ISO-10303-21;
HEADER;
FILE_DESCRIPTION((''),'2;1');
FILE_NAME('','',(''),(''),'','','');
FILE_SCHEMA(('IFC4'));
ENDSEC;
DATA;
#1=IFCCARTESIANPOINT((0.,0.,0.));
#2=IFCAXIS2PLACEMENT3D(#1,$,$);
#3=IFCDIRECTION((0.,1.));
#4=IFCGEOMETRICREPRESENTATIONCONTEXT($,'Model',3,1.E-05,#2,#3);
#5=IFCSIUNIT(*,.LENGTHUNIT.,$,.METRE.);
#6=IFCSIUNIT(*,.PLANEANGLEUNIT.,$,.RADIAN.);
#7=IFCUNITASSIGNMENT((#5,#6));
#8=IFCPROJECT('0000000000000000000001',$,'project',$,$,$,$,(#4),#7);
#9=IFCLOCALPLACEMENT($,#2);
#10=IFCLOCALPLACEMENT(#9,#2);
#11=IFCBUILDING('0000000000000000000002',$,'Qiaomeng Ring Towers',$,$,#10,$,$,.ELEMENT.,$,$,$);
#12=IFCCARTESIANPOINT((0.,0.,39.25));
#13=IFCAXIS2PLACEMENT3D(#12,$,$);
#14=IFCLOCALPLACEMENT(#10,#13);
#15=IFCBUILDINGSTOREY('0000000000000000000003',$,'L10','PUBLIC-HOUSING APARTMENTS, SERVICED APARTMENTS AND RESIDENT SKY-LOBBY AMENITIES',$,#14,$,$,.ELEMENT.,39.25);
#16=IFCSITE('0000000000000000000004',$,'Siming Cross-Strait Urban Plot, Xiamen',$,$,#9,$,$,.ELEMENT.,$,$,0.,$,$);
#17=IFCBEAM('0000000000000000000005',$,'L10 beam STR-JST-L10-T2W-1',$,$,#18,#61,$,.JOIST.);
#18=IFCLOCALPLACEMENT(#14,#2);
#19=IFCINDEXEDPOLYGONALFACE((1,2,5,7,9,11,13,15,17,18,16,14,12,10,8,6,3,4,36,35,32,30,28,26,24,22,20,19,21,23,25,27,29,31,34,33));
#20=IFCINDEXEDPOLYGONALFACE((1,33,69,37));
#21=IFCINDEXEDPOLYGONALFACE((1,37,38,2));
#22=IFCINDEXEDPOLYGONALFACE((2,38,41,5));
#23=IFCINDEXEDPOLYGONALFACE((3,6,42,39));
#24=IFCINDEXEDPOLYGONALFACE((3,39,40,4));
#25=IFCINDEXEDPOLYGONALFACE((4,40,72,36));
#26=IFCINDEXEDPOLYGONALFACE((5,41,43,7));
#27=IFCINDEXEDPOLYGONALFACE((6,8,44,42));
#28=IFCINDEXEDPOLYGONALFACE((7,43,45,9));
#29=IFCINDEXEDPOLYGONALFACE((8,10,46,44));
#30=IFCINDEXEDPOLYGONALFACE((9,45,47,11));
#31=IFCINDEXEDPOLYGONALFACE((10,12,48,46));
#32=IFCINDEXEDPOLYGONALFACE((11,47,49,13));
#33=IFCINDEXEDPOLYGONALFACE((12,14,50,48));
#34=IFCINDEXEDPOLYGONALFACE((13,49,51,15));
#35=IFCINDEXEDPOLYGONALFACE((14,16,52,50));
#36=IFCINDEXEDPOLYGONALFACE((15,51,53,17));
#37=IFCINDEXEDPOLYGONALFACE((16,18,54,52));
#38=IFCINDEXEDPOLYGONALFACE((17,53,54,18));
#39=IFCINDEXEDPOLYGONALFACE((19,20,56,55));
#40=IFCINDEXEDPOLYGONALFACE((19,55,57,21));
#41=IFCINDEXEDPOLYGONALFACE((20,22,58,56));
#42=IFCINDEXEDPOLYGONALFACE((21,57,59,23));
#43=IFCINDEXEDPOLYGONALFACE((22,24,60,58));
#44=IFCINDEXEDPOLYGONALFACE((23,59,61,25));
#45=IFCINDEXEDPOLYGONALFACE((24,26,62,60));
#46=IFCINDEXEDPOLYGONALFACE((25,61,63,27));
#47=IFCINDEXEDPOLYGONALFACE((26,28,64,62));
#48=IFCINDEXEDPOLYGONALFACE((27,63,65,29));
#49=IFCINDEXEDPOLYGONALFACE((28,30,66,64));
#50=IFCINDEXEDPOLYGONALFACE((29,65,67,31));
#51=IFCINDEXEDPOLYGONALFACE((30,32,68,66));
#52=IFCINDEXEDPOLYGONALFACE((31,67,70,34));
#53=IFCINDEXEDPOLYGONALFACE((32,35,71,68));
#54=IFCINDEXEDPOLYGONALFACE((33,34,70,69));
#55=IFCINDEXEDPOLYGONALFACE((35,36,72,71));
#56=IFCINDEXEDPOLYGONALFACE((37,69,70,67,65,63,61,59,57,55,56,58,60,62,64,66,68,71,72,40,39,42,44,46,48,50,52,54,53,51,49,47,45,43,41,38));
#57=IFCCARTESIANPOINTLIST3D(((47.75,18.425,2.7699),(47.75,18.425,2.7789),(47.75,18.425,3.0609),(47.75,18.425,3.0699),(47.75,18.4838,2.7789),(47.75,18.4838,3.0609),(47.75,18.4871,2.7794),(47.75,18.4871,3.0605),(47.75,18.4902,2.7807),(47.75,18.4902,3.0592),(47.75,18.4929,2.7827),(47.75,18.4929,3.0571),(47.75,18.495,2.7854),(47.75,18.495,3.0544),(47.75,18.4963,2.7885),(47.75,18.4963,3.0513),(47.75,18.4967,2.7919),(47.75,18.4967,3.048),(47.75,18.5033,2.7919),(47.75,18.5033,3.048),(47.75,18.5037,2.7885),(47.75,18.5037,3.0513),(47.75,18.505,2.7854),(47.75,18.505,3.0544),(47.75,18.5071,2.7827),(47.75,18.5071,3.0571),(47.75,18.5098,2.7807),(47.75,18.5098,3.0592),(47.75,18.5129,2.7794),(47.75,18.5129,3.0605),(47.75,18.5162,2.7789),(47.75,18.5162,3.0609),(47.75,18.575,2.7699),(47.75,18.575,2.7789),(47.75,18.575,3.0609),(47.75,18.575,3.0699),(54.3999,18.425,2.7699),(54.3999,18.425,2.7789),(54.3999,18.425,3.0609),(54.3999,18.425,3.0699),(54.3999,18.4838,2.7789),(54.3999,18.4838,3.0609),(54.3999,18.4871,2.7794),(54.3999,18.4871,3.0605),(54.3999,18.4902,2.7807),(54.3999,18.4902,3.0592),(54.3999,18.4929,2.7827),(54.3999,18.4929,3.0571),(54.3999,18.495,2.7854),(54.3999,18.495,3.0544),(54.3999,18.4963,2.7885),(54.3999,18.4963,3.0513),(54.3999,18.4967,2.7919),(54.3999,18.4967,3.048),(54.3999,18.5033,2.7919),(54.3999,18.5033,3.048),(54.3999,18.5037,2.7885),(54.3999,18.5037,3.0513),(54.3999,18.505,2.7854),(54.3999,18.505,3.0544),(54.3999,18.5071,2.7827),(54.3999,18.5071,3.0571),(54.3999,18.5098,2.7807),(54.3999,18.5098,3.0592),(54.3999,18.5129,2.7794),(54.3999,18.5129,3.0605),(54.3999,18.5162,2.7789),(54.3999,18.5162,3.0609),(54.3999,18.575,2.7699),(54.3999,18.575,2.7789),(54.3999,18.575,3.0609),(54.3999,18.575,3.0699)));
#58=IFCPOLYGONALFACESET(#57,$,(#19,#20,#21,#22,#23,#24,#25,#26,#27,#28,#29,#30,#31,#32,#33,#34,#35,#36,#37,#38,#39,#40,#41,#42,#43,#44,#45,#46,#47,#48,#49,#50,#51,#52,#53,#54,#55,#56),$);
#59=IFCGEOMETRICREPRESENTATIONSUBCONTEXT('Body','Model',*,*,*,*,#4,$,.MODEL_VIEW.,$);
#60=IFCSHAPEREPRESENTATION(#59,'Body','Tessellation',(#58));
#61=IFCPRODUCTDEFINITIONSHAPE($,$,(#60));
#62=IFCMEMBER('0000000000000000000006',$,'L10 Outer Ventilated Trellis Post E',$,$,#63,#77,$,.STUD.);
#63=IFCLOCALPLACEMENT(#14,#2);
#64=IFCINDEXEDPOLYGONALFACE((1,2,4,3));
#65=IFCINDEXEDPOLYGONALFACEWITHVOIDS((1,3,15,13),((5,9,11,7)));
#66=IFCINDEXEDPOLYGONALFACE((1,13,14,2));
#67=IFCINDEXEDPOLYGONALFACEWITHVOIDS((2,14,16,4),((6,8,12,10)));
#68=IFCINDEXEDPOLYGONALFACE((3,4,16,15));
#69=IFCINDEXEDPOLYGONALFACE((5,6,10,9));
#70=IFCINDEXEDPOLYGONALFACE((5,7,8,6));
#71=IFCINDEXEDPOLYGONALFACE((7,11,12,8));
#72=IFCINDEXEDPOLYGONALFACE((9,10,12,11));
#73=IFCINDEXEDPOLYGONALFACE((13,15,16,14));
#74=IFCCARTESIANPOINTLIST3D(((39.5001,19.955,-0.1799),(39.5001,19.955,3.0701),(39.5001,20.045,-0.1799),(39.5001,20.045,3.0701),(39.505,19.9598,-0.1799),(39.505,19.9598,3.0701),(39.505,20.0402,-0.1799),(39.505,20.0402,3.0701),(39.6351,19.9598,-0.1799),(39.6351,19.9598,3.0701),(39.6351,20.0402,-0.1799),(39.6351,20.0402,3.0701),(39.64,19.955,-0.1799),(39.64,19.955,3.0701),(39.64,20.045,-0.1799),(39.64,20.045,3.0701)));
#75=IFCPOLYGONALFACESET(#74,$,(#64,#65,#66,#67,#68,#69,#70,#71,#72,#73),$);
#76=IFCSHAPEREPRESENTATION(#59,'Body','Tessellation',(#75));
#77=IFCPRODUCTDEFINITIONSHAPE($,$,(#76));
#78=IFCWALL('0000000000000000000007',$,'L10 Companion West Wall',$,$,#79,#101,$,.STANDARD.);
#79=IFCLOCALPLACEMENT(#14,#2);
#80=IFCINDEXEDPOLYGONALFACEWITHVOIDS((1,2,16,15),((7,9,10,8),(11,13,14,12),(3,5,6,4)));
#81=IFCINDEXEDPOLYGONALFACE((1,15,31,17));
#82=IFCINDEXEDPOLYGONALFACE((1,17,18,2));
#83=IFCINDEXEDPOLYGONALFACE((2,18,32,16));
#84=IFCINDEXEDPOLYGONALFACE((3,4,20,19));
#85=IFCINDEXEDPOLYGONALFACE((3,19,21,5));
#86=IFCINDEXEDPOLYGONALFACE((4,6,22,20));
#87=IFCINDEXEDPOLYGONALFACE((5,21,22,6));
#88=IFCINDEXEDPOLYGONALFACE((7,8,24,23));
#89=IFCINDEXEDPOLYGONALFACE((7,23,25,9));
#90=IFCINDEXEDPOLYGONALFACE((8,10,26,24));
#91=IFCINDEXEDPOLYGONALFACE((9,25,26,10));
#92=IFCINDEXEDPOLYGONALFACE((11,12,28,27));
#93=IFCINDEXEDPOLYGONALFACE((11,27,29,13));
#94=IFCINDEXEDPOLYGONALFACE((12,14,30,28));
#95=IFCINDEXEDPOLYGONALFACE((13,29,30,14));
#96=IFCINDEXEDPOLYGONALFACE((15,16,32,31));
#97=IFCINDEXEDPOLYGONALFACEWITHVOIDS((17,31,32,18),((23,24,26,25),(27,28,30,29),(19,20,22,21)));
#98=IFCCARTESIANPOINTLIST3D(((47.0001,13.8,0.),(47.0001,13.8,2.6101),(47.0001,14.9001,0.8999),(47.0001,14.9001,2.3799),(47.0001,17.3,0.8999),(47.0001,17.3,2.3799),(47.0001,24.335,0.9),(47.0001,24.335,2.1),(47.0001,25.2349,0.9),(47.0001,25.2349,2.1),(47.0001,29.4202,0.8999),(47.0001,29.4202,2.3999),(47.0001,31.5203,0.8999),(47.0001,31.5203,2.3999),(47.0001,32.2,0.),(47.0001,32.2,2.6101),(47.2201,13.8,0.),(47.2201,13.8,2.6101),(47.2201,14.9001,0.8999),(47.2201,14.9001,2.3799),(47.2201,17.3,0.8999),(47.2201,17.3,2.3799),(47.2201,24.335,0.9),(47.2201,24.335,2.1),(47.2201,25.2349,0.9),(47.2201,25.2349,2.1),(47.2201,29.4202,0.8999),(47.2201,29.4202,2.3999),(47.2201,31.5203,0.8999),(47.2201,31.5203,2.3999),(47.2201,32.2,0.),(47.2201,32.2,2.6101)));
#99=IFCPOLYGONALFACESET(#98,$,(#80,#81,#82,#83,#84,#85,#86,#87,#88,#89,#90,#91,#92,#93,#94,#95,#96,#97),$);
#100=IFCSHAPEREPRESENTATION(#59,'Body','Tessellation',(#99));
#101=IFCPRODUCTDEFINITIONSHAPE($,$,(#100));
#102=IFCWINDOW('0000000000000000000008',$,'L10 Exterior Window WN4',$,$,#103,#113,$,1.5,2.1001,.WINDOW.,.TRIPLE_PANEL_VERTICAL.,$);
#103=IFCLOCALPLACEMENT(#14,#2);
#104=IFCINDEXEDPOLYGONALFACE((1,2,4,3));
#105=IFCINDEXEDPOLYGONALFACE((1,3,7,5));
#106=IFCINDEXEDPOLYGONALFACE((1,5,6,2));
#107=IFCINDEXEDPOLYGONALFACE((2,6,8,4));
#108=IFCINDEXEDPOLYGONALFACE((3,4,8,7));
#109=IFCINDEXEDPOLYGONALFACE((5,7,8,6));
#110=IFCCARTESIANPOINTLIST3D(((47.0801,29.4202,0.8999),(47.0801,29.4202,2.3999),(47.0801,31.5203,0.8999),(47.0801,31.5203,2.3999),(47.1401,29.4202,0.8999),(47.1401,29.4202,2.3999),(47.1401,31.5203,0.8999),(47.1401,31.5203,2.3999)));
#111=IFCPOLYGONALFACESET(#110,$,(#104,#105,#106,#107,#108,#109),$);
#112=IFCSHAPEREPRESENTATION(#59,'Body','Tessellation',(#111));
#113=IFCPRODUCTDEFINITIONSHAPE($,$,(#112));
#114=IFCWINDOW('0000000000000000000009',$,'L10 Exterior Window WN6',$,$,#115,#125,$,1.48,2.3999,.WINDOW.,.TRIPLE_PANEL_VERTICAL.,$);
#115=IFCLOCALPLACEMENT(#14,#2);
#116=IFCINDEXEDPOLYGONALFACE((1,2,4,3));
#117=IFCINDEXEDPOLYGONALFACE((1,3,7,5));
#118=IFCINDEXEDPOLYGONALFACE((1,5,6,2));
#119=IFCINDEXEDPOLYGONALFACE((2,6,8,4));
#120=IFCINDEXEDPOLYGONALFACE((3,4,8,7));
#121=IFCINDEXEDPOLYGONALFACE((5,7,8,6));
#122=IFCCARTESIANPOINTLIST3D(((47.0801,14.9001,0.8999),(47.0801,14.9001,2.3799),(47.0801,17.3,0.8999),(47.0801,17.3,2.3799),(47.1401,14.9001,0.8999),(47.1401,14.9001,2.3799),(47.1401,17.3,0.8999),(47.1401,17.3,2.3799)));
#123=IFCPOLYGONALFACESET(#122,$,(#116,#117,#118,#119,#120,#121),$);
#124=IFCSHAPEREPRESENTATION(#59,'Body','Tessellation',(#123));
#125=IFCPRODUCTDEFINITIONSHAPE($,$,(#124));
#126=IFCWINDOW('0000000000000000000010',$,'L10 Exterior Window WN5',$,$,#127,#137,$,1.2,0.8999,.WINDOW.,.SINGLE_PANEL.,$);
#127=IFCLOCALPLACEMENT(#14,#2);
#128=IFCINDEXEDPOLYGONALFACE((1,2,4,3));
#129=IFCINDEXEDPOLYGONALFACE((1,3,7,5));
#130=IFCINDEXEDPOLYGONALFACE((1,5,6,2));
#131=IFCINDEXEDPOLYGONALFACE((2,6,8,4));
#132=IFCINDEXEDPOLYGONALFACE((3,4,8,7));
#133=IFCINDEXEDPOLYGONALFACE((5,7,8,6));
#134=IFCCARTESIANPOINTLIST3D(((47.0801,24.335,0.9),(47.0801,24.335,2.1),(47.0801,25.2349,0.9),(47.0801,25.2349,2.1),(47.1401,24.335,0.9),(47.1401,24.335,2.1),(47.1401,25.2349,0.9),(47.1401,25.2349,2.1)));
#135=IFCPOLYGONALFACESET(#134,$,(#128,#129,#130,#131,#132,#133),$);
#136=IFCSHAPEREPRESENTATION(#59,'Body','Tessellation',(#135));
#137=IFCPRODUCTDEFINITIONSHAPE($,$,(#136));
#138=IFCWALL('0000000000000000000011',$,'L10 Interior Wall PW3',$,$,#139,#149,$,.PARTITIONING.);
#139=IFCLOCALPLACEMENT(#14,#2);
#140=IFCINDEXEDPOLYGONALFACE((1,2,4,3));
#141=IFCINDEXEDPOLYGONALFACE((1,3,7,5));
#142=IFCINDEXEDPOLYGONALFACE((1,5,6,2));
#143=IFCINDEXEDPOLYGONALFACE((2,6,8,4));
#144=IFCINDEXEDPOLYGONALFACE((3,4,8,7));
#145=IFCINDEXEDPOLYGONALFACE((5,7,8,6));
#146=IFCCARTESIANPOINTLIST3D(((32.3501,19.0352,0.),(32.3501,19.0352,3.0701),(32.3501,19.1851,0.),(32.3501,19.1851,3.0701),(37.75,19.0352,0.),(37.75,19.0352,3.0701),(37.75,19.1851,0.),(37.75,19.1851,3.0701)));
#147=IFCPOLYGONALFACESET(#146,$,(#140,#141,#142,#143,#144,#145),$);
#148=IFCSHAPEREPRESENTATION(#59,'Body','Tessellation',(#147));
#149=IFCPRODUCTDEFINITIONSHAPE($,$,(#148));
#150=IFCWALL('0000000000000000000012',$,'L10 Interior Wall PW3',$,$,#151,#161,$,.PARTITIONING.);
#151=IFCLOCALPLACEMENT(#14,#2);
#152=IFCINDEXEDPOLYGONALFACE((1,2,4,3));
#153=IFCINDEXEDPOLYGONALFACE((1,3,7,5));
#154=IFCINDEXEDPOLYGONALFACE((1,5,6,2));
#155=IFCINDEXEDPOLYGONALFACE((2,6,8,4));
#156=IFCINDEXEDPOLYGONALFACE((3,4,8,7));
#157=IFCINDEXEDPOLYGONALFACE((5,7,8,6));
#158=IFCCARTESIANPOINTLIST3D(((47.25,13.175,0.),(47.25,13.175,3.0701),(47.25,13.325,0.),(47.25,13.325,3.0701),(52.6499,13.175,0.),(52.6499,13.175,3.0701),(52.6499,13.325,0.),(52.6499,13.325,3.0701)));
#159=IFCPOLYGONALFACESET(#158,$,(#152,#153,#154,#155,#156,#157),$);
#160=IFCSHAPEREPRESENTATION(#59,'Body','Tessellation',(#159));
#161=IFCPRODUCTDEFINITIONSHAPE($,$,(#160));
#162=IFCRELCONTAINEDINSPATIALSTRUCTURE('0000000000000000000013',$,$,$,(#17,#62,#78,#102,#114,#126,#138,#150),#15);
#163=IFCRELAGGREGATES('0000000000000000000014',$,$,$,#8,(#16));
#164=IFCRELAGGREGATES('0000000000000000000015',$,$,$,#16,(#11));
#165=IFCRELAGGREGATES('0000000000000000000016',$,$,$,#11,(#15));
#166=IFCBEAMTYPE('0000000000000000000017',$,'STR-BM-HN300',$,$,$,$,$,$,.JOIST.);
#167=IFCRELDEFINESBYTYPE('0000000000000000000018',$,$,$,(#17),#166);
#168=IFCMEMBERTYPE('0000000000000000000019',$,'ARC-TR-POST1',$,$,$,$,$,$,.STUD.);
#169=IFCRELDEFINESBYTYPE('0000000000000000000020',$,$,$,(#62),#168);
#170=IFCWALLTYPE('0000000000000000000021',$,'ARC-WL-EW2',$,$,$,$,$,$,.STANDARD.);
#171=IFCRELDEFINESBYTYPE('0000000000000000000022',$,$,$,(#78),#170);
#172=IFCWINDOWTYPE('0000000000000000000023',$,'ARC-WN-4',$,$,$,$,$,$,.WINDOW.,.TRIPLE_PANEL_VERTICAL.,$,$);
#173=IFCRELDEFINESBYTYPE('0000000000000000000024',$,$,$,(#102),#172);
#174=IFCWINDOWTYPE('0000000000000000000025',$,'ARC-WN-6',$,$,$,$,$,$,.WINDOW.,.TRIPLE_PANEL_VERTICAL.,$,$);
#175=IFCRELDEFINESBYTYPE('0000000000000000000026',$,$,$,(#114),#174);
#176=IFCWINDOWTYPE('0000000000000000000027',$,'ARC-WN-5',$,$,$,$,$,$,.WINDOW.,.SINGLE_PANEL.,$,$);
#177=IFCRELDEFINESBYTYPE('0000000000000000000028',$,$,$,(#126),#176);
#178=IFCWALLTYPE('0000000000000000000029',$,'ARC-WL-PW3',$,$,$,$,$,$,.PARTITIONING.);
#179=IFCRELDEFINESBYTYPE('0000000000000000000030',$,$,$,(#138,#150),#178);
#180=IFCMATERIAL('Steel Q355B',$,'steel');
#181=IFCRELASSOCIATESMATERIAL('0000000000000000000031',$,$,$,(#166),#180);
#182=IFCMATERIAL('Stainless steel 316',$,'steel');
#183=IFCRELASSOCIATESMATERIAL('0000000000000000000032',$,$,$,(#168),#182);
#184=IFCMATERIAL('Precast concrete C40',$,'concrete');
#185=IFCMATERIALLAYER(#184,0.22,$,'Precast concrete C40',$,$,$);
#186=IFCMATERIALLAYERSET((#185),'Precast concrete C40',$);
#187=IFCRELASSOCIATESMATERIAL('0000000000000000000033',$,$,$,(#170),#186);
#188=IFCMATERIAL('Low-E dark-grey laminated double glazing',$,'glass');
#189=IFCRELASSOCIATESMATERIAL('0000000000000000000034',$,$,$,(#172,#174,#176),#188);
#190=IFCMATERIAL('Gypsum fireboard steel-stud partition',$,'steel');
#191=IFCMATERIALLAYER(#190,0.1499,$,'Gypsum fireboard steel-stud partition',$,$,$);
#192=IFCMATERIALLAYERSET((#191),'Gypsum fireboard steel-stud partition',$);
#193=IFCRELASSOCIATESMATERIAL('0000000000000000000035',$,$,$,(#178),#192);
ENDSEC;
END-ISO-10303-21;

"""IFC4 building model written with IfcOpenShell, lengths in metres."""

from ifc_helpers import new_model, si_unit, direction, frame, frame_2d, origin, origin_2d, place, context, subcontext, project, spatial, rectangle, hollow_rectangle, i_section, extrude, source, transform, mapped, material, layer, layer_set, material_profile, profile_set, type_object, element, fill, save


model = new_model("IFC4")

# Units and contexts
model_context = context("Model", 3, precision=1e-05, world=origin(), true_north=direction((0.0, 1.0)))
body_context = subcontext(model_context, "Body", "Model", "MODEL_VIEW")
ifc_project = project(units=[si_unit("LENGTHUNIT", "METRE"), si_unit("PLANEANGLEUNIT", "RADIAN")], contexts=[model_context])

# Site, building, storey
site_placement = place(None, origin())
site = spatial("IfcSite", under=ifc_project, at=site_placement, Name="Siming Cross-Strait Urban Plot, Xiamen", CompositionType="ELEMENT", RefElevation=0.0)
building_placement = place(site_placement, origin())
building = spatial("IfcBuilding", under=site, at=building_placement, Name="Qiaomeng Ring Towers", CompositionType="ELEMENT")
storey_placement = place(building_placement, frame((0.0, 0.0, 39.25)))
storey = spatial("IfcBuildingStorey", under=building, at=storey_placement, Name="L10", Description="PUBLIC-HOUSING APARTMENTS, SERVICED APARTMENTS AND RESIDENT SKY-LOBBY AMENITIES", CompositionType="ELEMENT", Elevation=39.25)

# Beam
ifc_material_1 = material(Name="Steel Q355B", Category="steel")
ifc_material_profile_1 = material_profile(ifc_material_1, i_section(OverallWidth=0.1499, OverallDepth=0.3, WebThickness=0.0066, FlangeThickness=0.009, FilletRadius=0.0129, at=origin_2d()), Name="HN 300x150x6.5x9")
ifc_profile_set_1 = profile_set([ifc_material_profile_1], Name="Steel Q355B")
beam_type_1 = type_object("IfcBeamType", Name="STR-BM-HN300", PredefinedType="JOIST", material=ifc_profile_set_1)
shared_shape_1 = source(origin(), body_context, "Body", "SweptSolid", [
    extrude(i_section(OverallWidth=0.1499, OverallDepth=0.3, WebThickness=0.0066, FlangeThickness=0.009, FilletRadius=0.0129, at=origin_2d()), origin(), (0.0, 0.0, 1.0), 6.6499),
])
beam_1_placement = place(storey_placement, frame((47.75, 18.5, 2.9199), z_axis=(1.0, 0.0, 0.0), x_axis=(0.0, 1.0, 0.0)))
element("IfcBeam", 1, at=beam_1_placement, inside=storey, type_object=beam_type_1, Name="L10 beam STR-JST-L10-T2W-1", PredefinedType="JOIST", context=body_context, shape_type="MappedRepresentation", body=[
    mapped(shared_shape_1, transform((0.0, 0.0, 0.0), x_axis=(1.0, 0.0, 0.0), y_axis=(0.0, 1.0, 0.0), z_axis=(0.0, 0.0, 1.0), scale=1.0)),
])

# Member
ifc_material_2 = material(Name="Stainless steel 316", Category="steel")
ifc_material_profile_2 = material_profile(ifc_material_2, hollow_rectangle(XDim=0.0901, YDim=0.1399, WallThickness=0.0049, at=origin_2d()), Name="SS TRELLIS 90x140")
ifc_profile_set_2 = profile_set([ifc_material_profile_2], Name="Stainless steel 316")
member_type = type_object("IfcMemberType", Name="ARC-TR-POST1", PredefinedType="STUD", material=ifc_profile_set_2)
shared_shape_2 = source(origin(), body_context, "Body", "SweptSolid", [
    extrude(hollow_rectangle(XDim=0.0901, YDim=0.1399, WallThickness=0.0049, at=origin_2d()), origin(), (0.0, 0.0, 1.0), 3.25),
])
member_placement = place(storey_placement, frame((39.5701, 20.0, -0.1799), z_axis=(0.0, 0.0, 1.0), x_axis=(0.0, 1.0, 0.0)))
element("IfcMember", 2, at=member_placement, inside=storey, type_object=member_type, Name="L10 Outer Ventilated Trellis Post E", PredefinedType="STUD", context=body_context, shape_type="MappedRepresentation", body=[
    mapped(shared_shape_2, transform((0.0, 0.0, 0.0), x_axis=(1.0, 0.0, 0.0), y_axis=(0.0, 1.0, 0.0), z_axis=(0.0, 0.0, 1.0), scale=1.0)),
])

# Wall, openings, windows
ifc_material_3 = material(Name="Precast concrete C40", Category="concrete")
ifc_layer_1 = layer(ifc_material_3, 0.22, Name="Precast concrete C40")
ifc_layer_set_1 = layer_set([ifc_layer_1], Name="Precast concrete C40")
wall_type_1 = type_object("IfcWallType", Name="ARC-WL-EW2", PredefinedType="STANDARD", material=ifc_layer_set_1)
wall_1_placement = place(storey_placement, frame((47.1101, 13.8, 0.0), z_axis=(0.0, 0.0, 1.0), x_axis=(0.0, 1.0, 0.0)))
wall_1 = element("IfcWall", 3, at=wall_1_placement, inside=storey, type_object=wall_type_1, Name="L10 Companion West Wall", PredefinedType="STANDARD", context=body_context, shape_type="SweptSolid", body=[
    extrude(rectangle(XDim=18.3999, YDim=0.22, at=frame_2d((9.2, 0.0))), origin(), (0.0, 0.0, 1.0), 2.6101),
])
opening_1_placement = place(wall_1_placement, frame((1.1001, 0.0, 0.8999)))
opening_1 = element("IfcOpeningElement", 4, at=opening_1_placement, cuts=wall_1, PredefinedType="OPENING", context=body_context, shape_type="SweptSolid", body=[
    extrude(rectangle(XDim=2.3999, YDim=1.48, at=frame_2d((1.2, 0.74))), frame((0.0, 0.1199, 0.0), z_axis=(0.0, -1.0, 0.0), x_axis=(1.0, 0.0, 0.0)), (0.0, 0.0, 1.0), 0.24),
])
opening_2_placement = place(wall_1_placement, frame((15.6201, 0.0, 0.8999)))
opening_2 = element("IfcOpeningElement", 5, at=opening_2_placement, cuts=wall_1, PredefinedType="OPENING", context=body_context, shape_type="SweptSolid", body=[
    extrude(rectangle(XDim=2.1001, YDim=1.5, at=frame_2d((1.05, 0.75))), frame((0.0, 0.1199, 0.0), z_axis=(0.0, -1.0, 0.0), x_axis=(1.0, 0.0, 0.0)), (0.0, 0.0, 1.0), 0.24),
])
opening_3_placement = place(wall_1_placement, frame((10.5349, 0.0, 0.8999)))
opening_3 = element("IfcOpeningElement", 6, at=opening_3_placement, cuts=wall_1, PredefinedType="OPENING", context=body_context, shape_type="SweptSolid", body=[
    extrude(rectangle(XDim=0.8999, YDim=1.2, at=frame_2d((0.45, 0.6001))), frame((0.0, 0.1199, 0.0), z_axis=(0.0, -1.0, 0.0), x_axis=(1.0, 0.0, 0.0)), (0.0, 0.0, 1.0), 0.24),
])
ifc_material_4 = material(Name="Low-E dark-grey laminated double glazing", Category="glass")
window_type_1 = type_object("IfcWindowType", Name="ARC-WN-4", PartitioningType="TRIPLE_PANEL_VERTICAL", PredefinedType="WINDOW", material=ifc_material_4)
shared_shape_3 = source(origin(), body_context, "Body", "SweptSolid", [
    extrude(rectangle(XDim=2.1001, YDim=1.5, at=frame_2d((1.05, 0.75))), frame((0.0, 0.03, 0.0), z_axis=(0.0, -1.0, 0.0), x_axis=(1.0, 0.0, 0.0)), (0.0, 0.0, 1.0), 0.0601),
])
window_1_placement = place(opening_2_placement, origin())
window_1 = element("IfcWindow", 7, at=window_1_placement, inside=storey, type_object=window_type_1, Name="L10 Exterior Window WN4", OverallHeight=1.5, OverallWidth=2.1001, PartitioningType="TRIPLE_PANEL_VERTICAL", PredefinedType="WINDOW", context=body_context, shape_type="MappedRepresentation", body=[
    mapped(shared_shape_3, transform((0.0, 0.0, 0.0), x_axis=(1.0, 0.0, 0.0), y_axis=(0.0, 1.0, 0.0), z_axis=(0.0, 0.0, 1.0), scale=1.0)),
])
fill(opening_2, window_1)
window_type_2 = type_object("IfcWindowType", Name="ARC-WN-6", PartitioningType="TRIPLE_PANEL_VERTICAL", PredefinedType="WINDOW", material=ifc_material_4)
shared_shape_4 = source(origin(), body_context, "Body", "SweptSolid", [
    extrude(rectangle(XDim=2.3999, YDim=1.48, at=frame_2d((1.2, 0.74))), frame((0.0, 0.03, 0.0), z_axis=(0.0, -1.0, 0.0), x_axis=(1.0, 0.0, 0.0)), (0.0, 0.0, 1.0), 0.0601),
])
window_2_placement = place(opening_1_placement, origin())
window_2 = element("IfcWindow", 8, at=window_2_placement, inside=storey, type_object=window_type_2, Name="L10 Exterior Window WN6", OverallHeight=1.48, OverallWidth=2.3999, PartitioningType="TRIPLE_PANEL_VERTICAL", PredefinedType="WINDOW", context=body_context, shape_type="MappedRepresentation", body=[
    mapped(shared_shape_4, transform((0.0, 0.0, 0.0), x_axis=(1.0, 0.0, 0.0), y_axis=(0.0, 1.0, 0.0), z_axis=(0.0, 0.0, 1.0), scale=1.0)),
])
fill(opening_1, window_2)
window_type_3 = type_object("IfcWindowType", Name="ARC-WN-5", PartitioningType="SINGLE_PANEL", PredefinedType="WINDOW", material=ifc_material_4)
shared_shape_5 = source(origin(), body_context, "Body", "SweptSolid", [
    extrude(rectangle(XDim=0.8999, YDim=1.2, at=frame_2d((0.45, 0.6001))), frame((0.0, 0.03, 0.0), z_axis=(0.0, -1.0, 0.0), x_axis=(1.0, 0.0, 0.0)), (0.0, 0.0, 1.0), 0.0601),
])
window_3_placement = place(opening_3_placement, origin())
window_3 = element("IfcWindow", 9, at=window_3_placement, inside=storey, type_object=window_type_3, Name="L10 Exterior Window WN5", OverallHeight=1.2, OverallWidth=0.8999, PartitioningType="SINGLE_PANEL", PredefinedType="WINDOW", context=body_context, shape_type="MappedRepresentation", body=[
    mapped(shared_shape_5, transform((0.0, 0.0, 0.0), x_axis=(1.0, 0.0, 0.0), y_axis=(0.0, 1.0, 0.0), z_axis=(0.0, 0.0, 1.0), scale=1.0)),
])
fill(opening_3, window_3)

# Walls
ifc_material_5 = material(Name="Gypsum fireboard steel-stud partition", Category="steel")
ifc_layer_2 = layer(ifc_material_5, 0.1499, Name="Gypsum fireboard steel-stud partition")
ifc_layer_set_2 = layer_set([ifc_layer_2], Name="Gypsum fireboard steel-stud partition")
wall_type_2 = type_object("IfcWallType", Name="ARC-WL-PW3", PredefinedType="PARTITIONING", material=ifc_layer_set_2)
for number, where, z_axis, x_axis, name in (
    (10, (32.3501, 19.1101, 0.0), (0.0, 0.0, 1.0), (1.0, 0.0, 0.0), "L10 Interior Wall PW3"),
    (11, (47.25, 13.25, 0.0), (0.0, 0.0, 1.0), (1.0, 0.0, 0.0), "L10 Interior Wall PW3"),
):
    element("IfcWall", number, at=place(storey_placement, frame(where, z_axis=z_axis, x_axis=x_axis)), inside=storey, type_object=wall_type_2, Name=name, PredefinedType="PARTITIONING", context=body_context, shape_type="SweptSolid", body=[
        extrude(rectangle(XDim=5.3999, YDim=0.1499, at=frame_2d((2.7, 0.0))), origin(), (0.0, 0.0, 1.0), 3.0701),
    ])

save(model, "model.ifc")
